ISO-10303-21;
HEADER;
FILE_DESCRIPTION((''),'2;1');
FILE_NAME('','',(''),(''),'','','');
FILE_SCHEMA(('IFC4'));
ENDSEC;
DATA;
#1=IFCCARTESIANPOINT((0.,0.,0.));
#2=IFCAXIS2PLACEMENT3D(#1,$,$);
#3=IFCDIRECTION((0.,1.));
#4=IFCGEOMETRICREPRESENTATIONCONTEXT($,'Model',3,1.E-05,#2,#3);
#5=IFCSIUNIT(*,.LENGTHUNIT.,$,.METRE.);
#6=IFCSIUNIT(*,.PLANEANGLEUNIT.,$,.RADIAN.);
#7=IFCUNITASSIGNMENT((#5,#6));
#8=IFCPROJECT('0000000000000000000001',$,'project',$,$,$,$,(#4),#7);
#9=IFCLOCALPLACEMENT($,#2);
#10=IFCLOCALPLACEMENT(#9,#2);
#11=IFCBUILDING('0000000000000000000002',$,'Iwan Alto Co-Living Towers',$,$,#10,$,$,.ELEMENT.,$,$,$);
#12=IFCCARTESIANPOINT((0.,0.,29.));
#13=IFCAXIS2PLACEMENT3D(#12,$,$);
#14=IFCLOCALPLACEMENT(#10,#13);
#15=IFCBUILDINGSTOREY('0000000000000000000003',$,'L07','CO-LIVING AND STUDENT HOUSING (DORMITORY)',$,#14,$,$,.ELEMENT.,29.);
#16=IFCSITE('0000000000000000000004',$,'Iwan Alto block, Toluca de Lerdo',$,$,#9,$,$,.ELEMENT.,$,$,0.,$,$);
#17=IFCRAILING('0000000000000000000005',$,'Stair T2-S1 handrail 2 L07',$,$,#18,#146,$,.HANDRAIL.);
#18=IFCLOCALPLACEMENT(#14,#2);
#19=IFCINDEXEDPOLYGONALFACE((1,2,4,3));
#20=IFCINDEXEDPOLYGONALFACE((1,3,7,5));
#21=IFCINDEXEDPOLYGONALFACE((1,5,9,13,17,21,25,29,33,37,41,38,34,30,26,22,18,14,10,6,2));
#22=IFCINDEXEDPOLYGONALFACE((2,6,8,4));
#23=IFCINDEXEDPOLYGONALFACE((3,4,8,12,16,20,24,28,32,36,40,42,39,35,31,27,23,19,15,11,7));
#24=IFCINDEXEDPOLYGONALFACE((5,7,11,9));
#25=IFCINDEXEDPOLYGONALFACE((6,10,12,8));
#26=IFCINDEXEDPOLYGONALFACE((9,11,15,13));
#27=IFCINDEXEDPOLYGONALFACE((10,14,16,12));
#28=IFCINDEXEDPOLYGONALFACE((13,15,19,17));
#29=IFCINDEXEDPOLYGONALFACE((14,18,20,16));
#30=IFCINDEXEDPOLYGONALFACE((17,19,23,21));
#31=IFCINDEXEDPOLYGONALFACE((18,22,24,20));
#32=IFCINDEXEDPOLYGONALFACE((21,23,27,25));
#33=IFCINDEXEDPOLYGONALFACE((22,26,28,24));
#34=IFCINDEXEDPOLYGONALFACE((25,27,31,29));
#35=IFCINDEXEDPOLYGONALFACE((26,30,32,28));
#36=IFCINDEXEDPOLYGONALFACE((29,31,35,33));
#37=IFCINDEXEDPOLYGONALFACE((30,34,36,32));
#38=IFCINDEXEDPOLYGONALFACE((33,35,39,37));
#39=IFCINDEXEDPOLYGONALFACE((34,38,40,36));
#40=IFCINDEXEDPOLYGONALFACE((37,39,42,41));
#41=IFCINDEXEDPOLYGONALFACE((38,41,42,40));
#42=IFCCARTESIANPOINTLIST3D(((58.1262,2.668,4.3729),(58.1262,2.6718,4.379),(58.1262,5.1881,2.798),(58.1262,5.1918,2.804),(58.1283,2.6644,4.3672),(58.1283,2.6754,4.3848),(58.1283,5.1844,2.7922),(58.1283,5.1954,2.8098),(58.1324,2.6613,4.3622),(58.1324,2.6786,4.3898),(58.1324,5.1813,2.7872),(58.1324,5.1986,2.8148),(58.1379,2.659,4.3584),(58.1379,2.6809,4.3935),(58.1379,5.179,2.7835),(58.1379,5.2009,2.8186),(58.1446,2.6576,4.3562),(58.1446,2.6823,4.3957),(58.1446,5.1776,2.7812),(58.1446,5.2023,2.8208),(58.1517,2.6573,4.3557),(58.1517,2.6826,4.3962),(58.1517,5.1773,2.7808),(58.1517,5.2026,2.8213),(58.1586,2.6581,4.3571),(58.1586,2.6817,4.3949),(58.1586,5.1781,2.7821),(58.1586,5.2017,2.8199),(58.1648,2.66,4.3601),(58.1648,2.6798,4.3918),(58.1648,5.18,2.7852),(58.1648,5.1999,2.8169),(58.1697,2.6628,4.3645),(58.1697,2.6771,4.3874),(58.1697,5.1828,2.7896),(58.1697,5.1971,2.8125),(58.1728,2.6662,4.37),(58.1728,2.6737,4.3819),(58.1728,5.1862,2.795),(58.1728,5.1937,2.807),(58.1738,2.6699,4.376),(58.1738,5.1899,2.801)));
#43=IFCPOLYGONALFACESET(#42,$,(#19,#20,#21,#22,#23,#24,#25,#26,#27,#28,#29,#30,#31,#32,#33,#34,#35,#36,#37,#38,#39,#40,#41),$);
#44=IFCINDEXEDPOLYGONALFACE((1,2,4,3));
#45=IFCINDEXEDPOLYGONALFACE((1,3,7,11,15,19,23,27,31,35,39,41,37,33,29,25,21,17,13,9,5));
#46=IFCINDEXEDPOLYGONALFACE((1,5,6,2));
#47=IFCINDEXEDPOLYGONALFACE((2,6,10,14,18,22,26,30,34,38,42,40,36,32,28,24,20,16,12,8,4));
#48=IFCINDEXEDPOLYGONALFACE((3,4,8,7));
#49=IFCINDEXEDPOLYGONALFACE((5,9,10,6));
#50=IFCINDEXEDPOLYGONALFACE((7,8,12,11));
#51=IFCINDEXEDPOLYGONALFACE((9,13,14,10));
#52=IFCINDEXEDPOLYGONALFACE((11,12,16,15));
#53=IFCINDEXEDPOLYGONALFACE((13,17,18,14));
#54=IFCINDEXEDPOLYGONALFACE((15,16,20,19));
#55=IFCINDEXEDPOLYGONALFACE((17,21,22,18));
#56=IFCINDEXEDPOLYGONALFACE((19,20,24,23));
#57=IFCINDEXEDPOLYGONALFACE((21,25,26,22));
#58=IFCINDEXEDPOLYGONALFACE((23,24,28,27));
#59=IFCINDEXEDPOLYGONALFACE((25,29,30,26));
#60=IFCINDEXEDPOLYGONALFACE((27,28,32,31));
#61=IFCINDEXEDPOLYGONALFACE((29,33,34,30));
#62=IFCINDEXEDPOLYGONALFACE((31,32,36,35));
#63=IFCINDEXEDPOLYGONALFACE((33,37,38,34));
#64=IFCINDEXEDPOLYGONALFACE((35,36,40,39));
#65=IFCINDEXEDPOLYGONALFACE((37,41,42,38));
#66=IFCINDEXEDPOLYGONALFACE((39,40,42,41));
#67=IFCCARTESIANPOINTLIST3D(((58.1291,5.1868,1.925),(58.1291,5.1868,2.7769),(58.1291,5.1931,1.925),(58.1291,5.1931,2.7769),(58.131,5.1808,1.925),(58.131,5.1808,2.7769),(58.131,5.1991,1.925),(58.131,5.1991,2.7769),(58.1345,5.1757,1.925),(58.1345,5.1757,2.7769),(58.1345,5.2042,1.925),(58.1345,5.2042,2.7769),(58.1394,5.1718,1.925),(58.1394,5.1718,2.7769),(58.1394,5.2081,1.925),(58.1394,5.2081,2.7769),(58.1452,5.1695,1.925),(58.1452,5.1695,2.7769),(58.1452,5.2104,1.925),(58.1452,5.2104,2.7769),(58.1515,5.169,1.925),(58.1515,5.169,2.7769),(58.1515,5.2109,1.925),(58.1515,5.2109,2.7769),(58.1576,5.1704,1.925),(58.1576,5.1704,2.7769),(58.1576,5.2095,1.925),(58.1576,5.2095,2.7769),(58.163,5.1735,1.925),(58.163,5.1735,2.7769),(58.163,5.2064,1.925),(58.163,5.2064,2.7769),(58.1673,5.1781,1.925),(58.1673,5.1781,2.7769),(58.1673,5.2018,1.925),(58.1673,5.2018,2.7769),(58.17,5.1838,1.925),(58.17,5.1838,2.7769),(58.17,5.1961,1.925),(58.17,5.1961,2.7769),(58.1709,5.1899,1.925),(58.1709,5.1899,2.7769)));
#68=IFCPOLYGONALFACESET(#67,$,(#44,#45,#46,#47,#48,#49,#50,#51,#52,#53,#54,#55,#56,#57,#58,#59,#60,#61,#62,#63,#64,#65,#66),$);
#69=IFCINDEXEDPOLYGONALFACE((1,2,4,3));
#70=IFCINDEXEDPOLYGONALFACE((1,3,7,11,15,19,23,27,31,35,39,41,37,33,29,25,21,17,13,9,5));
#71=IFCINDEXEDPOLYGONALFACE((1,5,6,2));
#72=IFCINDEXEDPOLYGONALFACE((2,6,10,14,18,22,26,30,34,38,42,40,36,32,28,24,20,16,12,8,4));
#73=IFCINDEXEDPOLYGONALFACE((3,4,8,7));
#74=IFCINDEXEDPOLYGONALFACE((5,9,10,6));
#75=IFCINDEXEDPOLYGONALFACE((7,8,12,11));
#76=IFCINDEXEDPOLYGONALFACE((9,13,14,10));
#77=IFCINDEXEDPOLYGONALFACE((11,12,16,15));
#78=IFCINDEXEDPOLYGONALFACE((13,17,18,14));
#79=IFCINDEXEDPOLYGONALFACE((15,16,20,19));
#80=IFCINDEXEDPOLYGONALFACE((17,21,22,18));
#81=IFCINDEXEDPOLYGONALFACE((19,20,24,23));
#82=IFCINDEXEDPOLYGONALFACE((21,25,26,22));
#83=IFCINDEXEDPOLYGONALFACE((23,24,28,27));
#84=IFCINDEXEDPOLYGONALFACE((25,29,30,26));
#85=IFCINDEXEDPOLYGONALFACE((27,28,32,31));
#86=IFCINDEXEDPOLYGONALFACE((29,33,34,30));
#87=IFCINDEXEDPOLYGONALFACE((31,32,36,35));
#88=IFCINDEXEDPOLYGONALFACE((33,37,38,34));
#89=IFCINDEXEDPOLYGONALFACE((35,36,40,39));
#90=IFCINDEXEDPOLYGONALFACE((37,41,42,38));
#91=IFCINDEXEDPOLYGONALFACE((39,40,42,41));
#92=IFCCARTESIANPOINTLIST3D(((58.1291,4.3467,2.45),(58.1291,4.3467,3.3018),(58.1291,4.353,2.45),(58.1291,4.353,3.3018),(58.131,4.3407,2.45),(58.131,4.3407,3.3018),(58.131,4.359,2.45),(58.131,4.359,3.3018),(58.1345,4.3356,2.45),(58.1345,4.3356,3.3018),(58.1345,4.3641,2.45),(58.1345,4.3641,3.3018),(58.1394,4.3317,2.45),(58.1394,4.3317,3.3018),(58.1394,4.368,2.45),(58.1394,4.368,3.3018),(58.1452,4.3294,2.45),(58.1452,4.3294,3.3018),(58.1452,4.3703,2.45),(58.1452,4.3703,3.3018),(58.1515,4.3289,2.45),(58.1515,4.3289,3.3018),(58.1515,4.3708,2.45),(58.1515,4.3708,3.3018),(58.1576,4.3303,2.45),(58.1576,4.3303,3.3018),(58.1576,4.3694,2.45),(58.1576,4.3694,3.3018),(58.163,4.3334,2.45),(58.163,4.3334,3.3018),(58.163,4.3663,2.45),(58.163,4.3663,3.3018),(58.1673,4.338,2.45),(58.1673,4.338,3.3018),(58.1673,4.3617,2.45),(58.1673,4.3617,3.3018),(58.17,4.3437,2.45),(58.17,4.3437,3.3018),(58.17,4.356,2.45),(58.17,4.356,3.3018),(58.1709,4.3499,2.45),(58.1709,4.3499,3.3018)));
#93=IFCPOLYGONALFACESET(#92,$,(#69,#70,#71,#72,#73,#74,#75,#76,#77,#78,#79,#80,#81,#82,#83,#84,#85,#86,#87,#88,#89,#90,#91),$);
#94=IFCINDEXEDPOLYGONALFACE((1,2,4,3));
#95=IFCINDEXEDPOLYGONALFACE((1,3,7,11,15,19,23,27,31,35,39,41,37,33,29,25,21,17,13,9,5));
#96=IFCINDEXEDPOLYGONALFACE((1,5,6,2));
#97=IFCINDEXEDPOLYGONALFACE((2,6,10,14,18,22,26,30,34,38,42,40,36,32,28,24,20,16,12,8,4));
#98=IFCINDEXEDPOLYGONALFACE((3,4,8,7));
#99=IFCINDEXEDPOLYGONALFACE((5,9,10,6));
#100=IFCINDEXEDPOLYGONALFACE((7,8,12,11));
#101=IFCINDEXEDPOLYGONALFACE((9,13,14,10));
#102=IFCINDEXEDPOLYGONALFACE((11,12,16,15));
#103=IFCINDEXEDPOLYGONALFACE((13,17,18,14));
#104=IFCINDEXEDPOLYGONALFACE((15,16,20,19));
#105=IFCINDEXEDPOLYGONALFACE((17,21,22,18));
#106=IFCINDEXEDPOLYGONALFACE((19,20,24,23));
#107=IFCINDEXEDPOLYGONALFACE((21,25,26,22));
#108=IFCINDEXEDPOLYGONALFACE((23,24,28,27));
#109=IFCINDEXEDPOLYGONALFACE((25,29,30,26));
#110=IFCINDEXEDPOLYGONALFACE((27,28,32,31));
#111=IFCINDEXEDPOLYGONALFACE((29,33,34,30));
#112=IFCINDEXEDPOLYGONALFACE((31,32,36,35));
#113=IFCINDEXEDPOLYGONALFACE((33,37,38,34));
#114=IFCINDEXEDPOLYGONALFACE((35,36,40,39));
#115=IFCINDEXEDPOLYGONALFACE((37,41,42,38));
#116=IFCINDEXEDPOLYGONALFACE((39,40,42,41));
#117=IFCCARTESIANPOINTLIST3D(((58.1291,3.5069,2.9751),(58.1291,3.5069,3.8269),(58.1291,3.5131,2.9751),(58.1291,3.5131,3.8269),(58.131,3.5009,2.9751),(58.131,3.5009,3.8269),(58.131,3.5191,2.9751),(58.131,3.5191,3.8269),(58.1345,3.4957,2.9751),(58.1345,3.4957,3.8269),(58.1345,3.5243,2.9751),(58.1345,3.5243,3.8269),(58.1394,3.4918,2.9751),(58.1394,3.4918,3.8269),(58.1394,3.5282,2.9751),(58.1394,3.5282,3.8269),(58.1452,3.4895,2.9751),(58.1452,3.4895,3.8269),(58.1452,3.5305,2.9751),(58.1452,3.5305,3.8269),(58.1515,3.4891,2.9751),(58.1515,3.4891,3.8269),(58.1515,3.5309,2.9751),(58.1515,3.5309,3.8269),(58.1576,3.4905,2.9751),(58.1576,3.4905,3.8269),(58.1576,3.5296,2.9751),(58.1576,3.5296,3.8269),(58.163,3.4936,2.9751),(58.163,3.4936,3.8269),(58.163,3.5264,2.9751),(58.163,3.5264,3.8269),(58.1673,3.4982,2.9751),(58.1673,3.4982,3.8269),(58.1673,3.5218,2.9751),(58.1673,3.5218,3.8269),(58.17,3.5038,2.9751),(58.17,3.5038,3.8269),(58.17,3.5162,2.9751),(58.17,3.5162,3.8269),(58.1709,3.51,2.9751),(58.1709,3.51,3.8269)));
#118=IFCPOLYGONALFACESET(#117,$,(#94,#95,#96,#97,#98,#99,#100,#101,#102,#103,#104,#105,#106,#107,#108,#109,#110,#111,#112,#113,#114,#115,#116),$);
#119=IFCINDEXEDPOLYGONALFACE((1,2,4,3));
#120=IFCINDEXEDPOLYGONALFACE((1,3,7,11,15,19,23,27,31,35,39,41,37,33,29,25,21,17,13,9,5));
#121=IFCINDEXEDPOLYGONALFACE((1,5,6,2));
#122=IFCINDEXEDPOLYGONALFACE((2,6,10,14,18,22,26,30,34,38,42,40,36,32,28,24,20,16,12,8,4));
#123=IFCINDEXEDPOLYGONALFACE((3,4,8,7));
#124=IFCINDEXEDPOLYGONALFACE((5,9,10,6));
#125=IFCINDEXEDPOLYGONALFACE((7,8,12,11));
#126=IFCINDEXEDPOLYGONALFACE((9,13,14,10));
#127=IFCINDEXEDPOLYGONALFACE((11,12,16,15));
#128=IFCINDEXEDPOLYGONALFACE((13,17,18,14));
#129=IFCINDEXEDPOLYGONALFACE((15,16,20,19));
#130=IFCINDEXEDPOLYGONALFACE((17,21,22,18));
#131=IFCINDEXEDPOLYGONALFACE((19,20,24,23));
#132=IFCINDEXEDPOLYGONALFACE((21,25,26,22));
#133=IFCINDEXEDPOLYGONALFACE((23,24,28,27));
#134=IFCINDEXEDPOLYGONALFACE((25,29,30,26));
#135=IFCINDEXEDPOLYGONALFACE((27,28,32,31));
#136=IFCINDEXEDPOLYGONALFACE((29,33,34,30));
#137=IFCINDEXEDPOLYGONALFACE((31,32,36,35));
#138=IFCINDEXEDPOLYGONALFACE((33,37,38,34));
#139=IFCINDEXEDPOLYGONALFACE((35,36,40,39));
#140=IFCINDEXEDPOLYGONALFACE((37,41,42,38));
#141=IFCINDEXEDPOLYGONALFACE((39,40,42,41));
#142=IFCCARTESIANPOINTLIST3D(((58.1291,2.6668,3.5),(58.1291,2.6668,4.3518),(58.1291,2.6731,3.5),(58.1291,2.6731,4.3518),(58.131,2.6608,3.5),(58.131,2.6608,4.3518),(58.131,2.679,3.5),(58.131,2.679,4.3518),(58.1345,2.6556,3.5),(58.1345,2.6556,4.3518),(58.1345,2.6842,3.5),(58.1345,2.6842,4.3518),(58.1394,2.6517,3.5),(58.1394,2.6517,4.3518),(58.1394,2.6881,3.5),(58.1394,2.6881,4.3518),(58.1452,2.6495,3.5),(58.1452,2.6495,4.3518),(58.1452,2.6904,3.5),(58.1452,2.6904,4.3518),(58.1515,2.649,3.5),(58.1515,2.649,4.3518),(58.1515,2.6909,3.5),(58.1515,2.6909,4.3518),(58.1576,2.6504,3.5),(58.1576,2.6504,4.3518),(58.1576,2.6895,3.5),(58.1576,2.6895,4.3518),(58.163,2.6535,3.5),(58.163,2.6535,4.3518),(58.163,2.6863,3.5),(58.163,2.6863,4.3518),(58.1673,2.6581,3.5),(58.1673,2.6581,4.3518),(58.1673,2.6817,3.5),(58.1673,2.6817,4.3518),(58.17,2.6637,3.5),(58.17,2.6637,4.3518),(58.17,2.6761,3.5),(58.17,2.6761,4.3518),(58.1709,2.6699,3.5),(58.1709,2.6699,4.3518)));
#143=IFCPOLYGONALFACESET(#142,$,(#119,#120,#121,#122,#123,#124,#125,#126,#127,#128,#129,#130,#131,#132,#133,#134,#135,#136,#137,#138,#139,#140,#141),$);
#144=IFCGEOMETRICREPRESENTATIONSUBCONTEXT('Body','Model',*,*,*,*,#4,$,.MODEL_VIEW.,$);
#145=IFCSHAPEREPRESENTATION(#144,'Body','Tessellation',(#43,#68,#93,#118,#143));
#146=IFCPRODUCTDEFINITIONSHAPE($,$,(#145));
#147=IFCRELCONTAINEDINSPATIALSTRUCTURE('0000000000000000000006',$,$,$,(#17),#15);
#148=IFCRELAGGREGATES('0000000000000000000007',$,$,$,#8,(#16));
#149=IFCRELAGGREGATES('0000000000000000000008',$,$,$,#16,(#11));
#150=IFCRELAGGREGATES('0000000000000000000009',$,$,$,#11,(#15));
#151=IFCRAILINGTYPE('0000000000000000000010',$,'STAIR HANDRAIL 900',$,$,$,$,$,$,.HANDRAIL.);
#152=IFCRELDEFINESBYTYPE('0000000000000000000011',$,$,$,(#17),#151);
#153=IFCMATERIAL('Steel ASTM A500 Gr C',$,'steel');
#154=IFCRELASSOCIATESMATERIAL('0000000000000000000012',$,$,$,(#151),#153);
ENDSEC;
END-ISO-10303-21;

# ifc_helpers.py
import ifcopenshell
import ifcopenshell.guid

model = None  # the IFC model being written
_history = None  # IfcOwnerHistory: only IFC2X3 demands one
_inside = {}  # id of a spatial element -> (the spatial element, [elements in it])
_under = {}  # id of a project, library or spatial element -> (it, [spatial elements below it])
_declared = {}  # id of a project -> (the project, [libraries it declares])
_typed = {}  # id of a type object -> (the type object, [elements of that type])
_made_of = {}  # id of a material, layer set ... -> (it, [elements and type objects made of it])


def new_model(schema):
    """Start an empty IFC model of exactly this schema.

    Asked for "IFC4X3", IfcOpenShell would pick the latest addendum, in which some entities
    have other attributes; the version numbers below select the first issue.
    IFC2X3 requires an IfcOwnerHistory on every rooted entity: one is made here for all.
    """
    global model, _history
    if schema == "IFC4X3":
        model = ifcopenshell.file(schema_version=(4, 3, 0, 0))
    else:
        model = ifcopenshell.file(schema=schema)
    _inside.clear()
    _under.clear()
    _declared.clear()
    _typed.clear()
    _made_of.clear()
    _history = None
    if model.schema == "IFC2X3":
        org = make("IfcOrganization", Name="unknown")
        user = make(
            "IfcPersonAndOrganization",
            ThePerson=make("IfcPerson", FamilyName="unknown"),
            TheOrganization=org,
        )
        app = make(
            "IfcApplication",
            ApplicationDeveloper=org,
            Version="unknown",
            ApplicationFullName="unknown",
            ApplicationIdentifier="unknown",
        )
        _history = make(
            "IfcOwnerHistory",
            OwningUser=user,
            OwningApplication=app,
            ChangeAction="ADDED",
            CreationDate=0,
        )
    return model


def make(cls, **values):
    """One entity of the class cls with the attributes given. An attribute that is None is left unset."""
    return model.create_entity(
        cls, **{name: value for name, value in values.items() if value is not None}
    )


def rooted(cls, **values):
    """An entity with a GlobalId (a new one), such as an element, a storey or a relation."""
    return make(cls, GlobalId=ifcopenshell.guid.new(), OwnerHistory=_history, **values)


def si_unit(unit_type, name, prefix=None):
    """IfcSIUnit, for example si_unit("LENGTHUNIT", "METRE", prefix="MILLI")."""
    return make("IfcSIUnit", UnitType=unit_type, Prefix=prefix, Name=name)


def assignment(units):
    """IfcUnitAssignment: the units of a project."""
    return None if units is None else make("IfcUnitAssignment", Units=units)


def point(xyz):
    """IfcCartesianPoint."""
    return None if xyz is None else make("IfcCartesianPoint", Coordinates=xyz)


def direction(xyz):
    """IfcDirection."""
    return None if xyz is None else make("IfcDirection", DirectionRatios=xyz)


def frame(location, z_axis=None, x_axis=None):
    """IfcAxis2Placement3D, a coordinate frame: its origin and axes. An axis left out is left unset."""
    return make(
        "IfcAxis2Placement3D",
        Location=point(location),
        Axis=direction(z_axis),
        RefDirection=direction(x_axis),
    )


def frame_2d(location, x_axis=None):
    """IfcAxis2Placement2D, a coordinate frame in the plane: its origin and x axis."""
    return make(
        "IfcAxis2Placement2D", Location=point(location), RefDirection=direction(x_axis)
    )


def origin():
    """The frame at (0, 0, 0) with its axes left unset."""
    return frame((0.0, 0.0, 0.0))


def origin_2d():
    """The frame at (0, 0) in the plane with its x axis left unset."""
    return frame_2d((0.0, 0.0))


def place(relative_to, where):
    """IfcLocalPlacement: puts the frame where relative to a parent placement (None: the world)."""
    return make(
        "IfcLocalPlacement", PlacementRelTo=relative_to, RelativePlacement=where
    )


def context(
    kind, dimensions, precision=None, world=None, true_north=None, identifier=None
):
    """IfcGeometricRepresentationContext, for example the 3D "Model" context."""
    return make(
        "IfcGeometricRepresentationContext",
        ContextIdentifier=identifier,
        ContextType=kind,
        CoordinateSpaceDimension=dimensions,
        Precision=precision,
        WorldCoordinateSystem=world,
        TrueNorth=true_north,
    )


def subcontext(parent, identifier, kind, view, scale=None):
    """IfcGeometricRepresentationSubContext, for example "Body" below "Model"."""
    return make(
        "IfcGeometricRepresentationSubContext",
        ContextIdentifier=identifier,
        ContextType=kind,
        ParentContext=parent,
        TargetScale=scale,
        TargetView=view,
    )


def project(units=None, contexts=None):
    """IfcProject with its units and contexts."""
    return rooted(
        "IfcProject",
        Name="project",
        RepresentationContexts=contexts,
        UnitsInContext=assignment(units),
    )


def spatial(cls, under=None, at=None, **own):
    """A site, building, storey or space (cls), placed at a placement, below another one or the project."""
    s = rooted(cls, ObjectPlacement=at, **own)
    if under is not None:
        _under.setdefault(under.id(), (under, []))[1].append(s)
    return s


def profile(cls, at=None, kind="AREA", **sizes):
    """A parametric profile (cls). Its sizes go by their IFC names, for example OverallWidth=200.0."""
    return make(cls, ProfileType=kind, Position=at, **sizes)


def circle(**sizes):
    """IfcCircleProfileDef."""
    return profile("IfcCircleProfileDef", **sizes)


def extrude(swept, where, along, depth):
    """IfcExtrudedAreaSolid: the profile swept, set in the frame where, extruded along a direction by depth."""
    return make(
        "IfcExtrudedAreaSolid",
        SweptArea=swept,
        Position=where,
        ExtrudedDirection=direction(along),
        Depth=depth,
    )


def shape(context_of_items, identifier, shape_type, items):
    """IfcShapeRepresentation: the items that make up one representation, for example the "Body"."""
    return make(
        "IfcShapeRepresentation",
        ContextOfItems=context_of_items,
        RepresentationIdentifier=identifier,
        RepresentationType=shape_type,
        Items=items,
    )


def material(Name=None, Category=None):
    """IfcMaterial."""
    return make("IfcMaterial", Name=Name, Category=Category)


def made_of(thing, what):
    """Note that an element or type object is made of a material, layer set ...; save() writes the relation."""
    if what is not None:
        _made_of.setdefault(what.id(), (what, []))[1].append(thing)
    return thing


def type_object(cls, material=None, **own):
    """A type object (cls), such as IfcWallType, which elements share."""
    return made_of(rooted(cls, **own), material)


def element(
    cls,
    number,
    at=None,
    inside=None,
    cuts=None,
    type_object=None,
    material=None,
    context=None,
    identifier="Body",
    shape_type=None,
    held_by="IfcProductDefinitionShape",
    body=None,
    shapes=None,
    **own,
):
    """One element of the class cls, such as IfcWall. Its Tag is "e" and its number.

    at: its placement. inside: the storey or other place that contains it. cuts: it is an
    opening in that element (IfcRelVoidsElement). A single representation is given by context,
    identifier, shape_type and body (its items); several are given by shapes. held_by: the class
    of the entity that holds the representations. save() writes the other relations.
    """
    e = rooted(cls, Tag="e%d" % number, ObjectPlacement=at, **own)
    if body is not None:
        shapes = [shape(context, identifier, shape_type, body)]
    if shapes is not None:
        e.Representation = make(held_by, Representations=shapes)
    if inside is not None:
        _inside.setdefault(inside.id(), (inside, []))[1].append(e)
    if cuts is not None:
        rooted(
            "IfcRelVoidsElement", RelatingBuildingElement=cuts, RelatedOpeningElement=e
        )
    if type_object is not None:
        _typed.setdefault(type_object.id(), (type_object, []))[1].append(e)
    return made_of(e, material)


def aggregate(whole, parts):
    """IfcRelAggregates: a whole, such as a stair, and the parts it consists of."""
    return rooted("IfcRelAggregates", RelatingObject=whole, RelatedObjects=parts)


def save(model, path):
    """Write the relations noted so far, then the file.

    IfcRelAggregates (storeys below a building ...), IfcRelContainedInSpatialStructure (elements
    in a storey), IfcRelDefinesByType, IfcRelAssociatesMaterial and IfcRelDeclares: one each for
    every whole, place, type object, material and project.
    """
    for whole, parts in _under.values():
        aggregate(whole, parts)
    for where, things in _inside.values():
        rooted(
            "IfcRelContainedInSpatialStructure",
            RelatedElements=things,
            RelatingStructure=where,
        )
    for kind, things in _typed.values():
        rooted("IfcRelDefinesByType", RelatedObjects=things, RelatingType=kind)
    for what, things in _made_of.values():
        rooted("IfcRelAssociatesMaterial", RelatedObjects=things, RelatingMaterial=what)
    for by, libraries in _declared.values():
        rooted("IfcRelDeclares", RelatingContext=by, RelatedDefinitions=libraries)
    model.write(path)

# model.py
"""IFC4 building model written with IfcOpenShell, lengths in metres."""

from ifc_helpers import new_model, si_unit, direction, frame, origin, origin_2d, place, context, subcontext, project, spatial, circle, extrude, material, type_object, element, save


model = new_model("IFC4")

# Units and contexts
model_context = context("Model", 3, precision=1e-05, world=origin(), true_north=direction((0.0, 1.0)))
body_context = subcontext(model_context, "Body", "Model", "MODEL_VIEW")
ifc_project = project(units=[si_unit("LENGTHUNIT", "METRE"), si_unit("PLANEANGLEUNIT", "RADIAN")], contexts=[model_context])

# Site, building, storey
site_placement = place(None, origin())
site = spatial("IfcSite", under=ifc_project, at=site_placement, Name="Iwan Alto block, Toluca de Lerdo", CompositionType="ELEMENT", RefElevation=0.0)
building_placement = place(site_placement, origin())
building = spatial("IfcBuilding", under=site, at=building_placement, Name="Iwan Alto Co-Living Towers", CompositionType="ELEMENT")
storey_placement = place(building_placement, frame((0.0, 0.0, 29.0)))
storey = spatial("IfcBuildingStorey", under=building, at=storey_placement, Name="L07", Description="CO-LIVING AND STUDENT HOUSING (DORMITORY)", CompositionType="ELEMENT", Elevation=29.0)

# Railing
ifc_material_1 = material(Name="Steel ASTM A500 Gr C", Category="steel")
railing_type_1 = type_object("IfcRailingType", Name="STAIR HANDRAIL 900", PredefinedType="HANDRAIL", material=ifc_material_1)
railing_1_placement = place(storey_placement, frame((58.1499, 5.1899, 1.925)))
element("IfcRailing", 1, at=railing_1_placement, inside=storey, type_object=railing_type_1, Name="Stair T2-S1 handrail 2 L07", PredefinedType="HANDRAIL", context=body_context, shape_type="SweptSolid", body=[
    extrude(circle(Radius=0.0239, at=origin_2d()), frame((0.0, 0.0, 0.876), z_axis=(0.0, -0.848008, 0.529984), x_axis=(1.0, 0.0, 0.0)), (0.0, 0.0, 1.0), 2.9717),
    extrude(circle(Radius=0.021, at=origin_2d()), origin(), (0.0, 0.0, 1.0), 0.8518),
    extrude(circle(Radius=0.021, at=origin_2d()), frame((0.0, -0.8401, 0.5249)), (0.0, 0.0, 1.0), 0.8518),
    extrude(circle(Radius=0.021, at=origin_2d()), frame((0.0, -1.6799, 1.05)), (0.0, 0.0, 1.0), 0.8518),
    extrude(circle(Radius=0.021, at=origin_2d()), frame((0.0, -2.52, 1.575)), (0.0, 0.0, 1.0), 0.8518),
])

save(model, "model.ifc")
